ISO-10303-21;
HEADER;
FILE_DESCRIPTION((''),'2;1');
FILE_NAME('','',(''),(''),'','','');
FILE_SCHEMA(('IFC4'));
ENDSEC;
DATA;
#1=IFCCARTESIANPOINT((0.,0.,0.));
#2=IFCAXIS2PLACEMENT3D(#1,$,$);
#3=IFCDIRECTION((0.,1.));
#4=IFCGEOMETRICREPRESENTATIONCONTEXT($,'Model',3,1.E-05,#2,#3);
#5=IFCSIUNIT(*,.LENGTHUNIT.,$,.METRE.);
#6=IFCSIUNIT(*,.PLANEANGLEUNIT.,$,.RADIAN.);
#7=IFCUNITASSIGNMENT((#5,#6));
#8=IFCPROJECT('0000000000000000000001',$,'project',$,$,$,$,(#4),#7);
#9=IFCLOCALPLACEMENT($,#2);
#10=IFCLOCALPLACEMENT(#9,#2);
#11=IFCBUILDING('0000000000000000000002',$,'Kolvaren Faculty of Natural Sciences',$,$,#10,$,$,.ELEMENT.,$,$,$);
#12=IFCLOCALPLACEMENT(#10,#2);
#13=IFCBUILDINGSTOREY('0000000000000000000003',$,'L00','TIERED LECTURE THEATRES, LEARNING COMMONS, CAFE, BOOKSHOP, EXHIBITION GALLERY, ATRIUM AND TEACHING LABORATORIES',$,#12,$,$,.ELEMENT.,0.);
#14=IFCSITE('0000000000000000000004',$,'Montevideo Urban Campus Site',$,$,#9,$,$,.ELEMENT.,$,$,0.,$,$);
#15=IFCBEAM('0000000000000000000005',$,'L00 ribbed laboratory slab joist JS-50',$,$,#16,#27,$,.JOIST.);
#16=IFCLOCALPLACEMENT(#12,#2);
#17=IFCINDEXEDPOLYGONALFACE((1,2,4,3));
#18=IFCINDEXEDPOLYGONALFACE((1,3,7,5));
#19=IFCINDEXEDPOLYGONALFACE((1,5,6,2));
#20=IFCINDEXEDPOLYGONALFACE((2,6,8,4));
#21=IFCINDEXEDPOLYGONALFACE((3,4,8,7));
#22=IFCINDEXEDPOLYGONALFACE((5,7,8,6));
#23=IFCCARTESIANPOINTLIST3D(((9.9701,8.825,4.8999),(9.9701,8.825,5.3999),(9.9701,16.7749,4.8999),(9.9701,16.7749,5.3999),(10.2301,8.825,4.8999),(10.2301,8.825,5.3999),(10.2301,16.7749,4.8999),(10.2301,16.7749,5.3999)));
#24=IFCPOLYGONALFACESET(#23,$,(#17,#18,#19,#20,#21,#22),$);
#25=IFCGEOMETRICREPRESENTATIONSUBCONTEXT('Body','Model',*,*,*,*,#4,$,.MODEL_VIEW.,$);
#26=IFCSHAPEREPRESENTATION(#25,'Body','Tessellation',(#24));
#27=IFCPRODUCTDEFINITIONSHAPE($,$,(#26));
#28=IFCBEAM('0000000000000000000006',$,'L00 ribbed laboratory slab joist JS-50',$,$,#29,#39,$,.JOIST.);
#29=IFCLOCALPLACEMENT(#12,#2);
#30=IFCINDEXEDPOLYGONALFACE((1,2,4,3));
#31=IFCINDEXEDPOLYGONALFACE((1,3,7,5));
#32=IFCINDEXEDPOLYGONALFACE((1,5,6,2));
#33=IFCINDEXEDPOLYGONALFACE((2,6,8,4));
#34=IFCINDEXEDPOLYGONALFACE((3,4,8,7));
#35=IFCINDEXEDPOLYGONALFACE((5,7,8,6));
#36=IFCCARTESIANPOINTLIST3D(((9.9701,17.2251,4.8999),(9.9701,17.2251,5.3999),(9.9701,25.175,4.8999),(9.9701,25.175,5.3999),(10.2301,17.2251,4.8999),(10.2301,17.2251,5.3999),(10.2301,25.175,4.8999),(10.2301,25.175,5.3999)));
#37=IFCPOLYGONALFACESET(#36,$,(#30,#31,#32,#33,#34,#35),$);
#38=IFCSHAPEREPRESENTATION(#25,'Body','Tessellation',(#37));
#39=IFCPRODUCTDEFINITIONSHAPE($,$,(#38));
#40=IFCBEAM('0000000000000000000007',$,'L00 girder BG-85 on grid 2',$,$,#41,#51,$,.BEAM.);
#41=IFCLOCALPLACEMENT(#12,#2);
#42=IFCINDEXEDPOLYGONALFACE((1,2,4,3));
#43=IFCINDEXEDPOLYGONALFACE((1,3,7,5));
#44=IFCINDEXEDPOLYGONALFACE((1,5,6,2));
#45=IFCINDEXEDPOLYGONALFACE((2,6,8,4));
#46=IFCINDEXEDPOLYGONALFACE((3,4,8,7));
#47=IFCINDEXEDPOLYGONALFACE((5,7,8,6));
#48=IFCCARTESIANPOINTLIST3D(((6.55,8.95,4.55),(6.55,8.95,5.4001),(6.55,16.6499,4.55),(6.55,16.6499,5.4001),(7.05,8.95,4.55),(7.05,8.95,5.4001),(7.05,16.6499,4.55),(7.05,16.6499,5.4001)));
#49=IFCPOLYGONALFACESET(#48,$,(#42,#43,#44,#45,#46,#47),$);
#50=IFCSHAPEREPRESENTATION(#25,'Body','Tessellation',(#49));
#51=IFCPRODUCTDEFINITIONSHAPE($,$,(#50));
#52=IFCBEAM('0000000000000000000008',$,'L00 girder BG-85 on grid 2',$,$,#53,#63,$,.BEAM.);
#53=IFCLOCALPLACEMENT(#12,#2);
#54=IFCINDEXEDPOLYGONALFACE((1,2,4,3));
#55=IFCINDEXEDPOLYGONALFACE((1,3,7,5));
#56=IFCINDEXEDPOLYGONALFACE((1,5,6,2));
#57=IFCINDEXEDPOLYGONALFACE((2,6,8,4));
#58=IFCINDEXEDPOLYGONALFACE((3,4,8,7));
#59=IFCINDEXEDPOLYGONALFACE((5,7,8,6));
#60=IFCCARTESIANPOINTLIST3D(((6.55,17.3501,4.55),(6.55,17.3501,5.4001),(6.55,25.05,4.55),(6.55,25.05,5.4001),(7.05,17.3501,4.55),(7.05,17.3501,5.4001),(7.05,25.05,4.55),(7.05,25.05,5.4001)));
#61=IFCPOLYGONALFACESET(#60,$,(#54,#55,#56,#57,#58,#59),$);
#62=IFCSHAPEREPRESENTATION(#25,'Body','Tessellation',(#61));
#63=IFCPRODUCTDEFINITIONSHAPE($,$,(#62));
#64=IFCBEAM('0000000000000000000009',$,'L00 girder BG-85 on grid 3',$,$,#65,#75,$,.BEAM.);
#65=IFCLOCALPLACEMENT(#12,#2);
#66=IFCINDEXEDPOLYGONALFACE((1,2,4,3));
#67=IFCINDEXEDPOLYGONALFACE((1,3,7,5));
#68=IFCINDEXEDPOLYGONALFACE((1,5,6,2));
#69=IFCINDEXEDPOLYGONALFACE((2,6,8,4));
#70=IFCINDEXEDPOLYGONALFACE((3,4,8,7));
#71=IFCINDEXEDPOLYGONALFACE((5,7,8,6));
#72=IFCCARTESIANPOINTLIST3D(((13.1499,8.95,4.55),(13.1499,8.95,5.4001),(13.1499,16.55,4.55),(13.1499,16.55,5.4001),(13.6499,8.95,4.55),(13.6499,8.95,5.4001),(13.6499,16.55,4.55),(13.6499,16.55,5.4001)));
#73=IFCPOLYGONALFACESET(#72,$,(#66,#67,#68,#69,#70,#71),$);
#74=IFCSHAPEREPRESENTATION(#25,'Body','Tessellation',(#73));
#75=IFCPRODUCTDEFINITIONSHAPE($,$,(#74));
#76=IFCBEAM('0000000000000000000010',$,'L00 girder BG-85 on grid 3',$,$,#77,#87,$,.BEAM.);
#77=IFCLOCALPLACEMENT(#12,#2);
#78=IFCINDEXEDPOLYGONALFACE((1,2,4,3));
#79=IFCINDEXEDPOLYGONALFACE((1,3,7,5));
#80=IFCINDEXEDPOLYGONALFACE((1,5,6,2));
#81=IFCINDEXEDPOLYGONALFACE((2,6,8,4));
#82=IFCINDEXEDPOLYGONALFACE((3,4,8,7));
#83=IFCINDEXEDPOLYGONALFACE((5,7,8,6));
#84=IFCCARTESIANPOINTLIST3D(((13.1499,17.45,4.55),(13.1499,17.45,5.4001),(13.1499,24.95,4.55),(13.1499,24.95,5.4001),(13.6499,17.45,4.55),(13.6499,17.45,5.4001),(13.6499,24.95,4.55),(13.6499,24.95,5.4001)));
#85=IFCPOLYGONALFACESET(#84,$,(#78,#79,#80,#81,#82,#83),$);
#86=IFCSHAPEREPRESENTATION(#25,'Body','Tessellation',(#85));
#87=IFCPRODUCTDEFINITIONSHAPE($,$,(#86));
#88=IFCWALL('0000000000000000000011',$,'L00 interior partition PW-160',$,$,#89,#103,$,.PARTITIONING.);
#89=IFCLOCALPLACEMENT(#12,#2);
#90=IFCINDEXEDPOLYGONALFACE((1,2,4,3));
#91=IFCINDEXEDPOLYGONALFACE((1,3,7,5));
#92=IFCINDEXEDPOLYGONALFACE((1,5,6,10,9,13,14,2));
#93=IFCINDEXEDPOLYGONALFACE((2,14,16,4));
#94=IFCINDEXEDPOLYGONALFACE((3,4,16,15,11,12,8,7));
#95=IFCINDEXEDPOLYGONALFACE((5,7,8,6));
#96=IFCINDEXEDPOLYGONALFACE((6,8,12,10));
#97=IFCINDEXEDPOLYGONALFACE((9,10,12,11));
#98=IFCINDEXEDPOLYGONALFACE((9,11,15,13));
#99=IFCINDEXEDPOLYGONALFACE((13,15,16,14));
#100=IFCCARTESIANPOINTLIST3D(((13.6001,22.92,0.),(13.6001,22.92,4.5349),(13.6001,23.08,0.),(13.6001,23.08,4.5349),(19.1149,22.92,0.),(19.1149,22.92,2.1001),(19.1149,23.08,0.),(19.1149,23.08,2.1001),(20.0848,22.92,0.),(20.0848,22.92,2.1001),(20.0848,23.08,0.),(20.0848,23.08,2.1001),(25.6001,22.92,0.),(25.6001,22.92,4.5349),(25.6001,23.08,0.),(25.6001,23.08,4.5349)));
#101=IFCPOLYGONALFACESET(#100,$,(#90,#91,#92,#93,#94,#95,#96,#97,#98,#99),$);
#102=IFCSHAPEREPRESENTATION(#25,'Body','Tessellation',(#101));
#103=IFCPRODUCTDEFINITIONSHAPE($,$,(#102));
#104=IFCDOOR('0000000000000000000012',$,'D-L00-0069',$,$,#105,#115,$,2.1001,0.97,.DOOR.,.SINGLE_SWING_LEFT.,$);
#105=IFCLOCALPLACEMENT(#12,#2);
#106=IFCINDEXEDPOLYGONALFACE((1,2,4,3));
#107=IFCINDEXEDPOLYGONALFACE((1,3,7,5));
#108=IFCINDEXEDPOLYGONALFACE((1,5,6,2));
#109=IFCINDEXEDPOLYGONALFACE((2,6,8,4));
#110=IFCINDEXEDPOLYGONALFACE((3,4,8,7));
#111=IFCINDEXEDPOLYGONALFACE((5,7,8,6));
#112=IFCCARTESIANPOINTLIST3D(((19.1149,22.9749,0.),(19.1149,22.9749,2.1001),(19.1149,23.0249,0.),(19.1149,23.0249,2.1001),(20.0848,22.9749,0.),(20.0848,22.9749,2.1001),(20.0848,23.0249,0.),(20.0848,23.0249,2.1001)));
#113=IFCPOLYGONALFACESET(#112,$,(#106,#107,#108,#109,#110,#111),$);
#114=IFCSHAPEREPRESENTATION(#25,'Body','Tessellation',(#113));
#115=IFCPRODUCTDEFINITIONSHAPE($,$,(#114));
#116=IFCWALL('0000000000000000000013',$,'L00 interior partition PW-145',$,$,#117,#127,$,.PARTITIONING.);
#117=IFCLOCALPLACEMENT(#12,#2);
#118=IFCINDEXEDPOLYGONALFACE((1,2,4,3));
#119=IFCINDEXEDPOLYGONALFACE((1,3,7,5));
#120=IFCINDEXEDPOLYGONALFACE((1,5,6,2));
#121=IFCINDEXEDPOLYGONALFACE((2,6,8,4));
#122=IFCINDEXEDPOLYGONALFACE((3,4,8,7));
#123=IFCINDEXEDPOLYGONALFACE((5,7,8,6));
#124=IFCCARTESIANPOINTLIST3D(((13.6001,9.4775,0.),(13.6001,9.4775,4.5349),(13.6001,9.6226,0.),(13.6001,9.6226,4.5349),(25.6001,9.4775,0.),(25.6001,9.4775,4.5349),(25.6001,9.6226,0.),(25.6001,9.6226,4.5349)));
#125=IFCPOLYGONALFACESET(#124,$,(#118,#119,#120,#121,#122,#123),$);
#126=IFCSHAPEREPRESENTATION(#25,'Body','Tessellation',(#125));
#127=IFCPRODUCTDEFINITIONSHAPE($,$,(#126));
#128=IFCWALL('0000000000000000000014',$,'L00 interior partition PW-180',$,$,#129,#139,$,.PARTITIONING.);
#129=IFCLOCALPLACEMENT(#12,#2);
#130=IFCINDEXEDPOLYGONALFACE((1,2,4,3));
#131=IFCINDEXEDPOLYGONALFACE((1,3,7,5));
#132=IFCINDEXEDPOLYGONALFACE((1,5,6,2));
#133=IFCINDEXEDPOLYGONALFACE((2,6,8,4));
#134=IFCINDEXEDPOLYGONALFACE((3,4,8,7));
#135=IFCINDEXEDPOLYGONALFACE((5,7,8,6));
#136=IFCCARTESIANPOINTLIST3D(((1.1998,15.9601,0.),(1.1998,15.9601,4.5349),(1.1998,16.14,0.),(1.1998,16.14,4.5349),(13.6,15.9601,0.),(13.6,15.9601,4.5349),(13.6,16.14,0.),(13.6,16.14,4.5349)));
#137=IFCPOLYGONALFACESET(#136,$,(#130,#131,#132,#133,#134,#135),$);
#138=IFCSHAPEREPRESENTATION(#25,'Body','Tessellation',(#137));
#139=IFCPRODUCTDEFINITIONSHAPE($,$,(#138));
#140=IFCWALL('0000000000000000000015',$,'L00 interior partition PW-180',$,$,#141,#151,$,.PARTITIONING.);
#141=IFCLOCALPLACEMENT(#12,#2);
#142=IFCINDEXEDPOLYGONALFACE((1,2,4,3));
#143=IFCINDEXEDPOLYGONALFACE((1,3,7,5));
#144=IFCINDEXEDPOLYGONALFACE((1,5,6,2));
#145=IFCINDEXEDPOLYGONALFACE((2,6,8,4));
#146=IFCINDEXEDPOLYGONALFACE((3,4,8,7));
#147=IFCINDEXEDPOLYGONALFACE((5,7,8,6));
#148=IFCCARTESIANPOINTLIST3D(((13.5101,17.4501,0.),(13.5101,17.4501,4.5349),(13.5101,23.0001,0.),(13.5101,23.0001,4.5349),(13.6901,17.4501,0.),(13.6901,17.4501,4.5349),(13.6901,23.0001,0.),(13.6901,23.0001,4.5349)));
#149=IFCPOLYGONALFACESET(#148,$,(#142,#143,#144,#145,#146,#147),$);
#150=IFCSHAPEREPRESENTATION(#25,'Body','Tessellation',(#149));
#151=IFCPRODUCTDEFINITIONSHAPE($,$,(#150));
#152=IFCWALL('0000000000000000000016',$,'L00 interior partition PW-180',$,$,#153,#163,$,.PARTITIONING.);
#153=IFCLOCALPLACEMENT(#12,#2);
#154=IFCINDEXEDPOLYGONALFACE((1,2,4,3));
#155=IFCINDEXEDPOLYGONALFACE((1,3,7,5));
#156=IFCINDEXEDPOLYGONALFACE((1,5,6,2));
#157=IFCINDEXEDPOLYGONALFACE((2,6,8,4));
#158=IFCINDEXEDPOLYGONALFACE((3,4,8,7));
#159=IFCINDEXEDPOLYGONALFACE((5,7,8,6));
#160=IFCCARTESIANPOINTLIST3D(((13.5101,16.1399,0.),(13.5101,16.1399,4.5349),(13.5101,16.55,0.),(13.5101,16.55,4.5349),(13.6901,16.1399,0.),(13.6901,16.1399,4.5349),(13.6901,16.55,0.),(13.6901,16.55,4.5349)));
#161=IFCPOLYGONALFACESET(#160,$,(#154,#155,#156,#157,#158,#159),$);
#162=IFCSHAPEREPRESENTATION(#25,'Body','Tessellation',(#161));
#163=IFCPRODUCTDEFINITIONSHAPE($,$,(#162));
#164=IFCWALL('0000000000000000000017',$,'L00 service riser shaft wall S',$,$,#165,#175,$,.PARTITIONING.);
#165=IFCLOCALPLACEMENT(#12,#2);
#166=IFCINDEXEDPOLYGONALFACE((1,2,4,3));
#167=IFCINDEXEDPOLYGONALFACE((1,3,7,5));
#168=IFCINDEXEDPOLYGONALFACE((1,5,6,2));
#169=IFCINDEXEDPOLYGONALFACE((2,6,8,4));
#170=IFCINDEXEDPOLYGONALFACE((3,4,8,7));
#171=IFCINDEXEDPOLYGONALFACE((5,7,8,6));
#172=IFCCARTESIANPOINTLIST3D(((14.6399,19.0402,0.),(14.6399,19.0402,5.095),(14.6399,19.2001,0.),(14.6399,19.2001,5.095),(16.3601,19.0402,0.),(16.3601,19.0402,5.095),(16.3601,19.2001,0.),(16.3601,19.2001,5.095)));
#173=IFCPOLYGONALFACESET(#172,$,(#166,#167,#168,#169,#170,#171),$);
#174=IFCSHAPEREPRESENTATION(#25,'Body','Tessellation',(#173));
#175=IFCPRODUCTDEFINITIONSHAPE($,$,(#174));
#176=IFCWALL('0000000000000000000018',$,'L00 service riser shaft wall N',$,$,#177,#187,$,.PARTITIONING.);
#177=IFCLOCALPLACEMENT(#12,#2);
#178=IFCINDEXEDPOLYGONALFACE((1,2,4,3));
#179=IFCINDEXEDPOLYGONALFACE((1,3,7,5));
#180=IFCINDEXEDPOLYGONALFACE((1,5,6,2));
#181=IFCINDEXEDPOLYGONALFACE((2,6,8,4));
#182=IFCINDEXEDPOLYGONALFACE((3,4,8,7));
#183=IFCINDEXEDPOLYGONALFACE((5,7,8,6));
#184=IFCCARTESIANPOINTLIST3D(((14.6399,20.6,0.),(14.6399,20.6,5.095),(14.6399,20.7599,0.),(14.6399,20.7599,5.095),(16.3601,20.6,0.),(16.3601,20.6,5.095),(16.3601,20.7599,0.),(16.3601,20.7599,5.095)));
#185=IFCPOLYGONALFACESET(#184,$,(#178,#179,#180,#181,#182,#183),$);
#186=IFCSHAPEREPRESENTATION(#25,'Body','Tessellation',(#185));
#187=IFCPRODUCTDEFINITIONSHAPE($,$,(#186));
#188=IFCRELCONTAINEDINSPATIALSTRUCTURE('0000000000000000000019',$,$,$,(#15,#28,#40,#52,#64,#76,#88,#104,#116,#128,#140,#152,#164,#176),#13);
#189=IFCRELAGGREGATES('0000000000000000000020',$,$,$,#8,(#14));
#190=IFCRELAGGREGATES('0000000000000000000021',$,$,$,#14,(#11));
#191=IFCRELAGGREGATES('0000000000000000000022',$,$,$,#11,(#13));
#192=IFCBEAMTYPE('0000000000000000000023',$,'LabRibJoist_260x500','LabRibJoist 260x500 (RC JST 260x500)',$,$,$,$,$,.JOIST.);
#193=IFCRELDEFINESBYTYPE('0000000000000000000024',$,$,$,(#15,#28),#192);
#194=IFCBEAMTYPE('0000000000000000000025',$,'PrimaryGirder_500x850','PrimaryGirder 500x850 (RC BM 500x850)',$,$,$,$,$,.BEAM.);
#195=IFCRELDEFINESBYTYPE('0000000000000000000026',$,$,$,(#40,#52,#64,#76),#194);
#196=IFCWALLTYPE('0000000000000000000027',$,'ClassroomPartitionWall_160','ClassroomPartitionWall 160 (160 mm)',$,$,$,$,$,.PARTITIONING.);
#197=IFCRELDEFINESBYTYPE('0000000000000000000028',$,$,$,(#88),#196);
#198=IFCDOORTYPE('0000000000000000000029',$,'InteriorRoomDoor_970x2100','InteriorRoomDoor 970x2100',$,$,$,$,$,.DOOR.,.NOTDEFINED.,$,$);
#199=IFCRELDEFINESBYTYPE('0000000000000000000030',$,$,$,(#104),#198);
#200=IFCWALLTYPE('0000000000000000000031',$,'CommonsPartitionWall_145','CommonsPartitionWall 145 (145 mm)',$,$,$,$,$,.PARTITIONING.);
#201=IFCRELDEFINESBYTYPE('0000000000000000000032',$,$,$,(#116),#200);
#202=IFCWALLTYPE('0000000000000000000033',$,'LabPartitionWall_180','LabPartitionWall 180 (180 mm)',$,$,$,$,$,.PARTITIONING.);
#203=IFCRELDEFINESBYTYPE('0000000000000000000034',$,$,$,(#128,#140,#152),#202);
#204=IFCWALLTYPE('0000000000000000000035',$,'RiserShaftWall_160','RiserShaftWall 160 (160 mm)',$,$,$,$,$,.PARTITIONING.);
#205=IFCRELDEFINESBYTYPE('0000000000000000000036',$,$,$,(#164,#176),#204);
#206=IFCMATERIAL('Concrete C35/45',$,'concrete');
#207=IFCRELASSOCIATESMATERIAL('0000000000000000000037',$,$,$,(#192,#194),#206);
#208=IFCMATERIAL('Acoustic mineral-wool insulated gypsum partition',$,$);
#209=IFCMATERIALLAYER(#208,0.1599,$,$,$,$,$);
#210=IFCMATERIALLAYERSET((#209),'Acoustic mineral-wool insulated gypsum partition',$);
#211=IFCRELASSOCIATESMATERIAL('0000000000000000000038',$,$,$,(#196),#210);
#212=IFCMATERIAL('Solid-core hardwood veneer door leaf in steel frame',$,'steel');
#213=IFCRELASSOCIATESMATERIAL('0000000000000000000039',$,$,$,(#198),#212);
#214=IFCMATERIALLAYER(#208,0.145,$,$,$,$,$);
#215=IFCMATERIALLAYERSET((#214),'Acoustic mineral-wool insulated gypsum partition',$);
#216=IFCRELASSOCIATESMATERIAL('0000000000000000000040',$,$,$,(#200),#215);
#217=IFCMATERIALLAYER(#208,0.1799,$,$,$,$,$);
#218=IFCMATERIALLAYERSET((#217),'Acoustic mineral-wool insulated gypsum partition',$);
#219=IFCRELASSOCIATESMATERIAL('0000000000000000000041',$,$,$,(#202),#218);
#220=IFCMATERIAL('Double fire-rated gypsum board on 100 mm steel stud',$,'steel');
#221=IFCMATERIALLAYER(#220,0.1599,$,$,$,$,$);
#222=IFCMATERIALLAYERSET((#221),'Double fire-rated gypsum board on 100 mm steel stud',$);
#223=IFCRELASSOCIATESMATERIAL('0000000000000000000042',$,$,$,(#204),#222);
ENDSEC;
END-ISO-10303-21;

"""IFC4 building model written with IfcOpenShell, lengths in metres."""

from ifc_helpers import new_model, si_unit, direction, frame, frame_2d, origin, origin_2d, place, context, subcontext, project, spatial, rectangle, extrude, material, layer, layer_set, material_profile, profile_set, type_object, element, fill, save


model = new_model("IFC4")

# Units and contexts
model_context = context("Model", 3, precision=1e-05, world=origin(), true_north=direction((0.0, 1.0)))
body_context = subcontext(model_context, "Body", "Model", "MODEL_VIEW")
ifc_project = project(units=[si_unit("LENGTHUNIT", "METRE"), si_unit("PLANEANGLEUNIT", "RADIAN")], contexts=[model_context])

# Site, building, storey
site_placement = place(None, origin())
site = spatial("IfcSite", under=ifc_project, at=site_placement, Name="Montevideo Urban Campus Site", CompositionType="ELEMENT", RefElevation=0.0)
building_placement = place(site_placement, origin())
building = spatial("IfcBuilding", under=site, at=building_placement, Name="Kolvaren Faculty of Natural Sciences", CompositionType="ELEMENT")
storey_placement = place(building_placement, origin())
storey = spatial("IfcBuildingStorey", under=building, at=storey_placement, Name="L00", Description="TIERED LECTURE THEATRES, LEARNING COMMONS, CAFE, BOOKSHOP, EXHIBITION GALLERY, ATRIUM AND TEACHING LABORATORIES", CompositionType="ELEMENT", Elevation=0.0)

# Shared definitions
ifc_material_1 = material(Name="Concrete C35/45", Category="concrete")

# Beams
ifc_material_profile_1 = material_profile(ifc_material_1, rectangle(XDim=0.26, YDim=0.5, at=origin_2d()), Name="RC JST 260x500")
ifc_profile_set_1 = profile_set([ifc_material_profile_1], Name="Concrete C35/45")
beam_type_1 = type_object("IfcBeamType", Name="LabRibJoist_260x500", Description="LabRibJoist 260x500 (RC JST 260x500)", PredefinedType="JOIST", material=ifc_profile_set_1)
for number, where, z_axis, x_axis, name in (
    (1, (10.1001, 8.825, 5.1499), (0.0, 1.0, 0.0), (-1.0, 0.0, 0.0), "L00 ribbed laboratory slab joist JS-50"),
    (2, (10.1001, 17.2251, 5.1499), (0.0, 1.0, 0.0), (-1.0, 0.0, 0.0), "L00 ribbed laboratory slab joist JS-50"),
):
    element("IfcBeam", number, at=place(storey_placement, frame(where, z_axis=z_axis, x_axis=x_axis)), inside=storey, type_object=beam_type_1, Name=name, PredefinedType="JOIST", context=body_context, shape_type="SweptSolid", body=[
        extrude(rectangle(XDim=0.26, YDim=0.5, at=origin_2d()), origin(), (0.0, 0.0, 1.0), 7.95),
    ])
ifc_material_profile_2 = material_profile(ifc_material_1, rectangle(XDim=0.5, YDim=0.8501, at=origin_2d()), Name="RC BM 500x850")
ifc_profile_set_2 = profile_set([ifc_material_profile_2], Name="Concrete C35/45")
beam_type_2 = type_object("IfcBeamType", Name="PrimaryGirder_500x850", Description="PrimaryGirder 500x850 (RC BM 500x850)", PredefinedType="BEAM", material=ifc_profile_set_2)
for number, where, z_axis, x_axis, name in (
    (3, (6.8, 8.95, 4.9751), (0.0, 1.0, 0.0), (-1.0, 0.0, 0.0), "L00 girder BG-85 on grid 2"),
    (4, (6.8, 17.3501, 4.9751), (0.0, 1.0, 0.0), (-1.0, 0.0, 0.0), "L00 girder BG-85 on grid 2"),
):
    element("IfcBeam", number, at=place(storey_placement, frame(where, z_axis=z_axis, x_axis=x_axis)), inside=storey, type_object=beam_type_2, Name=name, PredefinedType="BEAM", context=body_context, shape_type="SweptSolid", body=[
        extrude(rectangle(XDim=0.5, YDim=0.8501, at=origin_2d()), origin(), (0.0, 0.0, 1.0), 7.7),
    ])
beam_1_placement = place(storey_placement, frame((13.3999, 8.95, 4.9751), z_axis=(0.0, 1.0, 0.0), x_axis=(-1.0, 0.0, 0.0)))
element("IfcBeam", 5, at=beam_1_placement, inside=storey, type_object=beam_type_2, Name="L00 girder BG-85 on grid 3", PredefinedType="BEAM", context=body_context, shape_type="SweptSolid", body=[
    extrude(rectangle(XDim=0.5, YDim=0.8501, at=origin_2d()), origin(), (0.0, 0.0, 1.0), 7.6001),
])
beam_2_placement = place(storey_placement, frame((13.3999, 17.45, 4.9751), z_axis=(0.0, 1.0, 0.0), x_axis=(-1.0, 0.0, 0.0)))
element("IfcBeam", 6, at=beam_2_placement, inside=storey, type_object=beam_type_2, Name="L00 girder BG-85 on grid 3", PredefinedType="BEAM", context=body_context, shape_type="SweptSolid", body=[
    extrude(rectangle(XDim=0.5, YDim=0.8501, at=origin_2d()), origin(), (0.0, 0.0, 1.0), 7.5),
])

# Wall, opening, door
ifc_material_2 = material(Name="Acoustic mineral-wool insulated gypsum partition")
ifc_layer_1 = layer(ifc_material_2, 0.1599)
ifc_layer_set_1 = layer_set([ifc_layer_1], Name="Acoustic mineral-wool insulated gypsum partition")
wall_type_1 = type_object("IfcWallType", Name="ClassroomPartitionWall_160", Description="ClassroomPartitionWall 160 (160 mm)", PredefinedType="PARTITIONING", material=ifc_layer_set_1)
wall_1_placement = place(storey_placement, frame((13.6001, 23.0, 0.0), z_axis=(0.0, 0.0, 1.0), x_axis=(1.0, 0.0, 0.0)))
wall_1 = element("IfcWall", 7, at=wall_1_placement, inside=storey, type_object=wall_type_1, Name="L00 interior partition PW-160", PredefinedType="PARTITIONING", context=body_context, shape_type="SweptSolid", body=[
    extrude(rectangle(XDim=12.0, YDim=0.1599, at=frame_2d((6.0, 0.0))), origin(), (0.0, 0.0, 1.0), 4.5349),
])
opening_placement = place(wall_1_placement, frame((5.5149, 0.0, 0.0)))
opening = element("IfcOpeningElement", 8, at=opening_placement, cuts=wall_1, PredefinedType="OPENING", context=body_context, shape_type="SweptSolid", body=[
    extrude(rectangle(XDim=0.97, YDim=2.1001, at=frame_2d((0.4849, 1.05))), frame((0.0, 0.0898, 0.0), z_axis=(0.0, -1.0, 0.0), x_axis=(1.0, 0.0, 0.0)), (0.0, 0.0, 1.0), 0.1799),
])
ifc_material_3 = material(Name="Solid-core hardwood veneer door leaf in steel frame", Category="steel")
door_type = type_object("IfcDoorType", Name="InteriorRoomDoor_970x2100", Description="InteriorRoomDoor 970x2100", OperationType="NOTDEFINED", PredefinedType="DOOR", material=ifc_material_3)
door_placement = place(opening_placement, origin())
door = element("IfcDoor", 9, at=door_placement, inside=storey, type_object=door_type, Name="D-L00-0069", OperationType="SINGLE_SWING_LEFT", OverallHeight=2.1001, OverallWidth=0.97, PredefinedType="DOOR", context=body_context, shape_type="SweptSolid", body=[
    extrude(rectangle(XDim=0.97, YDim=2.1001, at=frame_2d((0.4849, 1.05))), frame((0.0, 0.0249, 0.0), z_axis=(0.0, -1.0, 0.0), x_axis=(1.0, 0.0, 0.0)), (0.0, 0.0, 1.0), 0.05),
])
fill(opening, door)

# Walls
ifc_layer_2 = layer(ifc_material_2, 0.145)
ifc_layer_set_2 = layer_set([ifc_layer_2], Name="Acoustic mineral-wool insulated gypsum partition")
wall_type_2 = type_object("IfcWallType", Name="CommonsPartitionWall_145", Description="CommonsPartitionWall 145 (145 mm)", PredefinedType="PARTITIONING", material=ifc_layer_set_2)
wall_2_placement = place(storey_placement, frame((13.6001, 9.55, 0.0), z_axis=(0.0, 0.0, 1.0), x_axis=(1.0, 0.0, 0.0)))
element("IfcWall", 10, at=wall_2_placement, inside=storey, type_object=wall_type_2, Name="L00 interior partition PW-145", PredefinedType="PARTITIONING", context=body_context, shape_type="SweptSolid", body=[
    extrude(rectangle(XDim=12.0, YDim=0.145, at=frame_2d((6.0, 0.0))), origin(), (0.0, 0.0, 1.0), 4.5349),
])
ifc_layer_3 = layer(ifc_material_2, 0.1799)
ifc_layer_set_3 = layer_set([ifc_layer_3], Name="Acoustic mineral-wool insulated gypsum partition")
wall_type_3 = type_object("IfcWallType", Name="LabPartitionWall_180", Description="LabPartitionWall 180 (180 mm)", PredefinedType="PARTITIONING", material=ifc_layer_set_3)
wall_3_placement = place(storey_placement, frame((13.6001, 16.05, 0.0), z_axis=(0.0, 0.0, 1.0), x_axis=(-1.0, 0.0, 0.0)))
element("IfcWall", 11, at=wall_3_placement, inside=storey, type_object=wall_type_3, Name="L00 interior partition PW-180", PredefinedType="PARTITIONING", context=body_context, shape_type="SweptSolid", body=[
    extrude(rectangle(XDim=12.4001, YDim=0.1799, at=frame_2d((6.2002, 0.0))), origin(), (0.0, 0.0, 1.0), 4.5349),
])
wall_4_placement = place(storey_placement, frame((13.6001, 23.0, 0.0), z_axis=(0.0, 0.0, 1.0), x_axis=(0.0, -1.0, 0.0)))
element("IfcWall", 12, at=wall_4_placement, inside=storey, type_object=wall_type_3, Name="L00 interior partition PW-180", PredefinedType="PARTITIONING", context=body_context, shape_type="SweptSolid", body=[
    extrude(rectangle(XDim=5.55, YDim=0.1799, at=frame_2d((2.7749, 0.0))), origin(), (0.0, 0.0, 1.0), 4.5349),
])
wall_5_placement = place(storey_placement, frame((13.6001, 16.55, 0.0), z_axis=(0.0, 0.0, 1.0), x_axis=(0.0, -1.0, 0.0)))
element("IfcWall", 13, at=wall_5_placement, inside=storey, type_object=wall_type_3, Name="L00 interior partition PW-180", PredefinedType="PARTITIONING", context=body_context, shape_type="SweptSolid", body=[
    extrude(rectangle(XDim=0.4102, YDim=0.1799, at=frame_2d((0.2051, 0.0))), origin(), (0.0, 0.0, 1.0), 4.5349),
])
ifc_material_4 = material(Name="Double fire-rated gypsum board on 100 mm steel stud", Category="steel")
ifc_layer_4 = layer(ifc_material_4, 0.1599)
ifc_layer_set_4 = layer_set([ifc_layer_4], Name="Double fire-rated gypsum board on 100 mm steel stud")
wall_type_4 = type_object("IfcWallType", Name="RiserShaftWall_160", Description="RiserShaftWall 160 (160 mm)", PredefinedType="PARTITIONING", material=ifc_layer_set_4)
for number, where, z_axis, x_axis, name in (
    (14, (14.6399, 19.1201, 0.0), (0.0, 0.0, 1.0), (1.0, 0.0, 0.0), "L00 service riser shaft wall S"),
    (15, (14.6399, 20.6799, 0.0), (0.0, 0.0, 1.0), (1.0, 0.0, 0.0), "L00 service riser shaft wall N"),
):
    element("IfcWall", number, at=place(storey_placement, frame(where, z_axis=z_axis, x_axis=x_axis)), inside=storey, type_object=wall_type_4, Name=name, PredefinedType="PARTITIONING", context=body_context, shape_type="SweptSolid", body=[
        extrude(rectangle(XDim=1.7202, YDim=0.1599, at=frame_2d((0.8601, 0.0))), origin(), (0.0, 0.0, 1.0), 5.095),
    ])

save(model, "model.ifc")
